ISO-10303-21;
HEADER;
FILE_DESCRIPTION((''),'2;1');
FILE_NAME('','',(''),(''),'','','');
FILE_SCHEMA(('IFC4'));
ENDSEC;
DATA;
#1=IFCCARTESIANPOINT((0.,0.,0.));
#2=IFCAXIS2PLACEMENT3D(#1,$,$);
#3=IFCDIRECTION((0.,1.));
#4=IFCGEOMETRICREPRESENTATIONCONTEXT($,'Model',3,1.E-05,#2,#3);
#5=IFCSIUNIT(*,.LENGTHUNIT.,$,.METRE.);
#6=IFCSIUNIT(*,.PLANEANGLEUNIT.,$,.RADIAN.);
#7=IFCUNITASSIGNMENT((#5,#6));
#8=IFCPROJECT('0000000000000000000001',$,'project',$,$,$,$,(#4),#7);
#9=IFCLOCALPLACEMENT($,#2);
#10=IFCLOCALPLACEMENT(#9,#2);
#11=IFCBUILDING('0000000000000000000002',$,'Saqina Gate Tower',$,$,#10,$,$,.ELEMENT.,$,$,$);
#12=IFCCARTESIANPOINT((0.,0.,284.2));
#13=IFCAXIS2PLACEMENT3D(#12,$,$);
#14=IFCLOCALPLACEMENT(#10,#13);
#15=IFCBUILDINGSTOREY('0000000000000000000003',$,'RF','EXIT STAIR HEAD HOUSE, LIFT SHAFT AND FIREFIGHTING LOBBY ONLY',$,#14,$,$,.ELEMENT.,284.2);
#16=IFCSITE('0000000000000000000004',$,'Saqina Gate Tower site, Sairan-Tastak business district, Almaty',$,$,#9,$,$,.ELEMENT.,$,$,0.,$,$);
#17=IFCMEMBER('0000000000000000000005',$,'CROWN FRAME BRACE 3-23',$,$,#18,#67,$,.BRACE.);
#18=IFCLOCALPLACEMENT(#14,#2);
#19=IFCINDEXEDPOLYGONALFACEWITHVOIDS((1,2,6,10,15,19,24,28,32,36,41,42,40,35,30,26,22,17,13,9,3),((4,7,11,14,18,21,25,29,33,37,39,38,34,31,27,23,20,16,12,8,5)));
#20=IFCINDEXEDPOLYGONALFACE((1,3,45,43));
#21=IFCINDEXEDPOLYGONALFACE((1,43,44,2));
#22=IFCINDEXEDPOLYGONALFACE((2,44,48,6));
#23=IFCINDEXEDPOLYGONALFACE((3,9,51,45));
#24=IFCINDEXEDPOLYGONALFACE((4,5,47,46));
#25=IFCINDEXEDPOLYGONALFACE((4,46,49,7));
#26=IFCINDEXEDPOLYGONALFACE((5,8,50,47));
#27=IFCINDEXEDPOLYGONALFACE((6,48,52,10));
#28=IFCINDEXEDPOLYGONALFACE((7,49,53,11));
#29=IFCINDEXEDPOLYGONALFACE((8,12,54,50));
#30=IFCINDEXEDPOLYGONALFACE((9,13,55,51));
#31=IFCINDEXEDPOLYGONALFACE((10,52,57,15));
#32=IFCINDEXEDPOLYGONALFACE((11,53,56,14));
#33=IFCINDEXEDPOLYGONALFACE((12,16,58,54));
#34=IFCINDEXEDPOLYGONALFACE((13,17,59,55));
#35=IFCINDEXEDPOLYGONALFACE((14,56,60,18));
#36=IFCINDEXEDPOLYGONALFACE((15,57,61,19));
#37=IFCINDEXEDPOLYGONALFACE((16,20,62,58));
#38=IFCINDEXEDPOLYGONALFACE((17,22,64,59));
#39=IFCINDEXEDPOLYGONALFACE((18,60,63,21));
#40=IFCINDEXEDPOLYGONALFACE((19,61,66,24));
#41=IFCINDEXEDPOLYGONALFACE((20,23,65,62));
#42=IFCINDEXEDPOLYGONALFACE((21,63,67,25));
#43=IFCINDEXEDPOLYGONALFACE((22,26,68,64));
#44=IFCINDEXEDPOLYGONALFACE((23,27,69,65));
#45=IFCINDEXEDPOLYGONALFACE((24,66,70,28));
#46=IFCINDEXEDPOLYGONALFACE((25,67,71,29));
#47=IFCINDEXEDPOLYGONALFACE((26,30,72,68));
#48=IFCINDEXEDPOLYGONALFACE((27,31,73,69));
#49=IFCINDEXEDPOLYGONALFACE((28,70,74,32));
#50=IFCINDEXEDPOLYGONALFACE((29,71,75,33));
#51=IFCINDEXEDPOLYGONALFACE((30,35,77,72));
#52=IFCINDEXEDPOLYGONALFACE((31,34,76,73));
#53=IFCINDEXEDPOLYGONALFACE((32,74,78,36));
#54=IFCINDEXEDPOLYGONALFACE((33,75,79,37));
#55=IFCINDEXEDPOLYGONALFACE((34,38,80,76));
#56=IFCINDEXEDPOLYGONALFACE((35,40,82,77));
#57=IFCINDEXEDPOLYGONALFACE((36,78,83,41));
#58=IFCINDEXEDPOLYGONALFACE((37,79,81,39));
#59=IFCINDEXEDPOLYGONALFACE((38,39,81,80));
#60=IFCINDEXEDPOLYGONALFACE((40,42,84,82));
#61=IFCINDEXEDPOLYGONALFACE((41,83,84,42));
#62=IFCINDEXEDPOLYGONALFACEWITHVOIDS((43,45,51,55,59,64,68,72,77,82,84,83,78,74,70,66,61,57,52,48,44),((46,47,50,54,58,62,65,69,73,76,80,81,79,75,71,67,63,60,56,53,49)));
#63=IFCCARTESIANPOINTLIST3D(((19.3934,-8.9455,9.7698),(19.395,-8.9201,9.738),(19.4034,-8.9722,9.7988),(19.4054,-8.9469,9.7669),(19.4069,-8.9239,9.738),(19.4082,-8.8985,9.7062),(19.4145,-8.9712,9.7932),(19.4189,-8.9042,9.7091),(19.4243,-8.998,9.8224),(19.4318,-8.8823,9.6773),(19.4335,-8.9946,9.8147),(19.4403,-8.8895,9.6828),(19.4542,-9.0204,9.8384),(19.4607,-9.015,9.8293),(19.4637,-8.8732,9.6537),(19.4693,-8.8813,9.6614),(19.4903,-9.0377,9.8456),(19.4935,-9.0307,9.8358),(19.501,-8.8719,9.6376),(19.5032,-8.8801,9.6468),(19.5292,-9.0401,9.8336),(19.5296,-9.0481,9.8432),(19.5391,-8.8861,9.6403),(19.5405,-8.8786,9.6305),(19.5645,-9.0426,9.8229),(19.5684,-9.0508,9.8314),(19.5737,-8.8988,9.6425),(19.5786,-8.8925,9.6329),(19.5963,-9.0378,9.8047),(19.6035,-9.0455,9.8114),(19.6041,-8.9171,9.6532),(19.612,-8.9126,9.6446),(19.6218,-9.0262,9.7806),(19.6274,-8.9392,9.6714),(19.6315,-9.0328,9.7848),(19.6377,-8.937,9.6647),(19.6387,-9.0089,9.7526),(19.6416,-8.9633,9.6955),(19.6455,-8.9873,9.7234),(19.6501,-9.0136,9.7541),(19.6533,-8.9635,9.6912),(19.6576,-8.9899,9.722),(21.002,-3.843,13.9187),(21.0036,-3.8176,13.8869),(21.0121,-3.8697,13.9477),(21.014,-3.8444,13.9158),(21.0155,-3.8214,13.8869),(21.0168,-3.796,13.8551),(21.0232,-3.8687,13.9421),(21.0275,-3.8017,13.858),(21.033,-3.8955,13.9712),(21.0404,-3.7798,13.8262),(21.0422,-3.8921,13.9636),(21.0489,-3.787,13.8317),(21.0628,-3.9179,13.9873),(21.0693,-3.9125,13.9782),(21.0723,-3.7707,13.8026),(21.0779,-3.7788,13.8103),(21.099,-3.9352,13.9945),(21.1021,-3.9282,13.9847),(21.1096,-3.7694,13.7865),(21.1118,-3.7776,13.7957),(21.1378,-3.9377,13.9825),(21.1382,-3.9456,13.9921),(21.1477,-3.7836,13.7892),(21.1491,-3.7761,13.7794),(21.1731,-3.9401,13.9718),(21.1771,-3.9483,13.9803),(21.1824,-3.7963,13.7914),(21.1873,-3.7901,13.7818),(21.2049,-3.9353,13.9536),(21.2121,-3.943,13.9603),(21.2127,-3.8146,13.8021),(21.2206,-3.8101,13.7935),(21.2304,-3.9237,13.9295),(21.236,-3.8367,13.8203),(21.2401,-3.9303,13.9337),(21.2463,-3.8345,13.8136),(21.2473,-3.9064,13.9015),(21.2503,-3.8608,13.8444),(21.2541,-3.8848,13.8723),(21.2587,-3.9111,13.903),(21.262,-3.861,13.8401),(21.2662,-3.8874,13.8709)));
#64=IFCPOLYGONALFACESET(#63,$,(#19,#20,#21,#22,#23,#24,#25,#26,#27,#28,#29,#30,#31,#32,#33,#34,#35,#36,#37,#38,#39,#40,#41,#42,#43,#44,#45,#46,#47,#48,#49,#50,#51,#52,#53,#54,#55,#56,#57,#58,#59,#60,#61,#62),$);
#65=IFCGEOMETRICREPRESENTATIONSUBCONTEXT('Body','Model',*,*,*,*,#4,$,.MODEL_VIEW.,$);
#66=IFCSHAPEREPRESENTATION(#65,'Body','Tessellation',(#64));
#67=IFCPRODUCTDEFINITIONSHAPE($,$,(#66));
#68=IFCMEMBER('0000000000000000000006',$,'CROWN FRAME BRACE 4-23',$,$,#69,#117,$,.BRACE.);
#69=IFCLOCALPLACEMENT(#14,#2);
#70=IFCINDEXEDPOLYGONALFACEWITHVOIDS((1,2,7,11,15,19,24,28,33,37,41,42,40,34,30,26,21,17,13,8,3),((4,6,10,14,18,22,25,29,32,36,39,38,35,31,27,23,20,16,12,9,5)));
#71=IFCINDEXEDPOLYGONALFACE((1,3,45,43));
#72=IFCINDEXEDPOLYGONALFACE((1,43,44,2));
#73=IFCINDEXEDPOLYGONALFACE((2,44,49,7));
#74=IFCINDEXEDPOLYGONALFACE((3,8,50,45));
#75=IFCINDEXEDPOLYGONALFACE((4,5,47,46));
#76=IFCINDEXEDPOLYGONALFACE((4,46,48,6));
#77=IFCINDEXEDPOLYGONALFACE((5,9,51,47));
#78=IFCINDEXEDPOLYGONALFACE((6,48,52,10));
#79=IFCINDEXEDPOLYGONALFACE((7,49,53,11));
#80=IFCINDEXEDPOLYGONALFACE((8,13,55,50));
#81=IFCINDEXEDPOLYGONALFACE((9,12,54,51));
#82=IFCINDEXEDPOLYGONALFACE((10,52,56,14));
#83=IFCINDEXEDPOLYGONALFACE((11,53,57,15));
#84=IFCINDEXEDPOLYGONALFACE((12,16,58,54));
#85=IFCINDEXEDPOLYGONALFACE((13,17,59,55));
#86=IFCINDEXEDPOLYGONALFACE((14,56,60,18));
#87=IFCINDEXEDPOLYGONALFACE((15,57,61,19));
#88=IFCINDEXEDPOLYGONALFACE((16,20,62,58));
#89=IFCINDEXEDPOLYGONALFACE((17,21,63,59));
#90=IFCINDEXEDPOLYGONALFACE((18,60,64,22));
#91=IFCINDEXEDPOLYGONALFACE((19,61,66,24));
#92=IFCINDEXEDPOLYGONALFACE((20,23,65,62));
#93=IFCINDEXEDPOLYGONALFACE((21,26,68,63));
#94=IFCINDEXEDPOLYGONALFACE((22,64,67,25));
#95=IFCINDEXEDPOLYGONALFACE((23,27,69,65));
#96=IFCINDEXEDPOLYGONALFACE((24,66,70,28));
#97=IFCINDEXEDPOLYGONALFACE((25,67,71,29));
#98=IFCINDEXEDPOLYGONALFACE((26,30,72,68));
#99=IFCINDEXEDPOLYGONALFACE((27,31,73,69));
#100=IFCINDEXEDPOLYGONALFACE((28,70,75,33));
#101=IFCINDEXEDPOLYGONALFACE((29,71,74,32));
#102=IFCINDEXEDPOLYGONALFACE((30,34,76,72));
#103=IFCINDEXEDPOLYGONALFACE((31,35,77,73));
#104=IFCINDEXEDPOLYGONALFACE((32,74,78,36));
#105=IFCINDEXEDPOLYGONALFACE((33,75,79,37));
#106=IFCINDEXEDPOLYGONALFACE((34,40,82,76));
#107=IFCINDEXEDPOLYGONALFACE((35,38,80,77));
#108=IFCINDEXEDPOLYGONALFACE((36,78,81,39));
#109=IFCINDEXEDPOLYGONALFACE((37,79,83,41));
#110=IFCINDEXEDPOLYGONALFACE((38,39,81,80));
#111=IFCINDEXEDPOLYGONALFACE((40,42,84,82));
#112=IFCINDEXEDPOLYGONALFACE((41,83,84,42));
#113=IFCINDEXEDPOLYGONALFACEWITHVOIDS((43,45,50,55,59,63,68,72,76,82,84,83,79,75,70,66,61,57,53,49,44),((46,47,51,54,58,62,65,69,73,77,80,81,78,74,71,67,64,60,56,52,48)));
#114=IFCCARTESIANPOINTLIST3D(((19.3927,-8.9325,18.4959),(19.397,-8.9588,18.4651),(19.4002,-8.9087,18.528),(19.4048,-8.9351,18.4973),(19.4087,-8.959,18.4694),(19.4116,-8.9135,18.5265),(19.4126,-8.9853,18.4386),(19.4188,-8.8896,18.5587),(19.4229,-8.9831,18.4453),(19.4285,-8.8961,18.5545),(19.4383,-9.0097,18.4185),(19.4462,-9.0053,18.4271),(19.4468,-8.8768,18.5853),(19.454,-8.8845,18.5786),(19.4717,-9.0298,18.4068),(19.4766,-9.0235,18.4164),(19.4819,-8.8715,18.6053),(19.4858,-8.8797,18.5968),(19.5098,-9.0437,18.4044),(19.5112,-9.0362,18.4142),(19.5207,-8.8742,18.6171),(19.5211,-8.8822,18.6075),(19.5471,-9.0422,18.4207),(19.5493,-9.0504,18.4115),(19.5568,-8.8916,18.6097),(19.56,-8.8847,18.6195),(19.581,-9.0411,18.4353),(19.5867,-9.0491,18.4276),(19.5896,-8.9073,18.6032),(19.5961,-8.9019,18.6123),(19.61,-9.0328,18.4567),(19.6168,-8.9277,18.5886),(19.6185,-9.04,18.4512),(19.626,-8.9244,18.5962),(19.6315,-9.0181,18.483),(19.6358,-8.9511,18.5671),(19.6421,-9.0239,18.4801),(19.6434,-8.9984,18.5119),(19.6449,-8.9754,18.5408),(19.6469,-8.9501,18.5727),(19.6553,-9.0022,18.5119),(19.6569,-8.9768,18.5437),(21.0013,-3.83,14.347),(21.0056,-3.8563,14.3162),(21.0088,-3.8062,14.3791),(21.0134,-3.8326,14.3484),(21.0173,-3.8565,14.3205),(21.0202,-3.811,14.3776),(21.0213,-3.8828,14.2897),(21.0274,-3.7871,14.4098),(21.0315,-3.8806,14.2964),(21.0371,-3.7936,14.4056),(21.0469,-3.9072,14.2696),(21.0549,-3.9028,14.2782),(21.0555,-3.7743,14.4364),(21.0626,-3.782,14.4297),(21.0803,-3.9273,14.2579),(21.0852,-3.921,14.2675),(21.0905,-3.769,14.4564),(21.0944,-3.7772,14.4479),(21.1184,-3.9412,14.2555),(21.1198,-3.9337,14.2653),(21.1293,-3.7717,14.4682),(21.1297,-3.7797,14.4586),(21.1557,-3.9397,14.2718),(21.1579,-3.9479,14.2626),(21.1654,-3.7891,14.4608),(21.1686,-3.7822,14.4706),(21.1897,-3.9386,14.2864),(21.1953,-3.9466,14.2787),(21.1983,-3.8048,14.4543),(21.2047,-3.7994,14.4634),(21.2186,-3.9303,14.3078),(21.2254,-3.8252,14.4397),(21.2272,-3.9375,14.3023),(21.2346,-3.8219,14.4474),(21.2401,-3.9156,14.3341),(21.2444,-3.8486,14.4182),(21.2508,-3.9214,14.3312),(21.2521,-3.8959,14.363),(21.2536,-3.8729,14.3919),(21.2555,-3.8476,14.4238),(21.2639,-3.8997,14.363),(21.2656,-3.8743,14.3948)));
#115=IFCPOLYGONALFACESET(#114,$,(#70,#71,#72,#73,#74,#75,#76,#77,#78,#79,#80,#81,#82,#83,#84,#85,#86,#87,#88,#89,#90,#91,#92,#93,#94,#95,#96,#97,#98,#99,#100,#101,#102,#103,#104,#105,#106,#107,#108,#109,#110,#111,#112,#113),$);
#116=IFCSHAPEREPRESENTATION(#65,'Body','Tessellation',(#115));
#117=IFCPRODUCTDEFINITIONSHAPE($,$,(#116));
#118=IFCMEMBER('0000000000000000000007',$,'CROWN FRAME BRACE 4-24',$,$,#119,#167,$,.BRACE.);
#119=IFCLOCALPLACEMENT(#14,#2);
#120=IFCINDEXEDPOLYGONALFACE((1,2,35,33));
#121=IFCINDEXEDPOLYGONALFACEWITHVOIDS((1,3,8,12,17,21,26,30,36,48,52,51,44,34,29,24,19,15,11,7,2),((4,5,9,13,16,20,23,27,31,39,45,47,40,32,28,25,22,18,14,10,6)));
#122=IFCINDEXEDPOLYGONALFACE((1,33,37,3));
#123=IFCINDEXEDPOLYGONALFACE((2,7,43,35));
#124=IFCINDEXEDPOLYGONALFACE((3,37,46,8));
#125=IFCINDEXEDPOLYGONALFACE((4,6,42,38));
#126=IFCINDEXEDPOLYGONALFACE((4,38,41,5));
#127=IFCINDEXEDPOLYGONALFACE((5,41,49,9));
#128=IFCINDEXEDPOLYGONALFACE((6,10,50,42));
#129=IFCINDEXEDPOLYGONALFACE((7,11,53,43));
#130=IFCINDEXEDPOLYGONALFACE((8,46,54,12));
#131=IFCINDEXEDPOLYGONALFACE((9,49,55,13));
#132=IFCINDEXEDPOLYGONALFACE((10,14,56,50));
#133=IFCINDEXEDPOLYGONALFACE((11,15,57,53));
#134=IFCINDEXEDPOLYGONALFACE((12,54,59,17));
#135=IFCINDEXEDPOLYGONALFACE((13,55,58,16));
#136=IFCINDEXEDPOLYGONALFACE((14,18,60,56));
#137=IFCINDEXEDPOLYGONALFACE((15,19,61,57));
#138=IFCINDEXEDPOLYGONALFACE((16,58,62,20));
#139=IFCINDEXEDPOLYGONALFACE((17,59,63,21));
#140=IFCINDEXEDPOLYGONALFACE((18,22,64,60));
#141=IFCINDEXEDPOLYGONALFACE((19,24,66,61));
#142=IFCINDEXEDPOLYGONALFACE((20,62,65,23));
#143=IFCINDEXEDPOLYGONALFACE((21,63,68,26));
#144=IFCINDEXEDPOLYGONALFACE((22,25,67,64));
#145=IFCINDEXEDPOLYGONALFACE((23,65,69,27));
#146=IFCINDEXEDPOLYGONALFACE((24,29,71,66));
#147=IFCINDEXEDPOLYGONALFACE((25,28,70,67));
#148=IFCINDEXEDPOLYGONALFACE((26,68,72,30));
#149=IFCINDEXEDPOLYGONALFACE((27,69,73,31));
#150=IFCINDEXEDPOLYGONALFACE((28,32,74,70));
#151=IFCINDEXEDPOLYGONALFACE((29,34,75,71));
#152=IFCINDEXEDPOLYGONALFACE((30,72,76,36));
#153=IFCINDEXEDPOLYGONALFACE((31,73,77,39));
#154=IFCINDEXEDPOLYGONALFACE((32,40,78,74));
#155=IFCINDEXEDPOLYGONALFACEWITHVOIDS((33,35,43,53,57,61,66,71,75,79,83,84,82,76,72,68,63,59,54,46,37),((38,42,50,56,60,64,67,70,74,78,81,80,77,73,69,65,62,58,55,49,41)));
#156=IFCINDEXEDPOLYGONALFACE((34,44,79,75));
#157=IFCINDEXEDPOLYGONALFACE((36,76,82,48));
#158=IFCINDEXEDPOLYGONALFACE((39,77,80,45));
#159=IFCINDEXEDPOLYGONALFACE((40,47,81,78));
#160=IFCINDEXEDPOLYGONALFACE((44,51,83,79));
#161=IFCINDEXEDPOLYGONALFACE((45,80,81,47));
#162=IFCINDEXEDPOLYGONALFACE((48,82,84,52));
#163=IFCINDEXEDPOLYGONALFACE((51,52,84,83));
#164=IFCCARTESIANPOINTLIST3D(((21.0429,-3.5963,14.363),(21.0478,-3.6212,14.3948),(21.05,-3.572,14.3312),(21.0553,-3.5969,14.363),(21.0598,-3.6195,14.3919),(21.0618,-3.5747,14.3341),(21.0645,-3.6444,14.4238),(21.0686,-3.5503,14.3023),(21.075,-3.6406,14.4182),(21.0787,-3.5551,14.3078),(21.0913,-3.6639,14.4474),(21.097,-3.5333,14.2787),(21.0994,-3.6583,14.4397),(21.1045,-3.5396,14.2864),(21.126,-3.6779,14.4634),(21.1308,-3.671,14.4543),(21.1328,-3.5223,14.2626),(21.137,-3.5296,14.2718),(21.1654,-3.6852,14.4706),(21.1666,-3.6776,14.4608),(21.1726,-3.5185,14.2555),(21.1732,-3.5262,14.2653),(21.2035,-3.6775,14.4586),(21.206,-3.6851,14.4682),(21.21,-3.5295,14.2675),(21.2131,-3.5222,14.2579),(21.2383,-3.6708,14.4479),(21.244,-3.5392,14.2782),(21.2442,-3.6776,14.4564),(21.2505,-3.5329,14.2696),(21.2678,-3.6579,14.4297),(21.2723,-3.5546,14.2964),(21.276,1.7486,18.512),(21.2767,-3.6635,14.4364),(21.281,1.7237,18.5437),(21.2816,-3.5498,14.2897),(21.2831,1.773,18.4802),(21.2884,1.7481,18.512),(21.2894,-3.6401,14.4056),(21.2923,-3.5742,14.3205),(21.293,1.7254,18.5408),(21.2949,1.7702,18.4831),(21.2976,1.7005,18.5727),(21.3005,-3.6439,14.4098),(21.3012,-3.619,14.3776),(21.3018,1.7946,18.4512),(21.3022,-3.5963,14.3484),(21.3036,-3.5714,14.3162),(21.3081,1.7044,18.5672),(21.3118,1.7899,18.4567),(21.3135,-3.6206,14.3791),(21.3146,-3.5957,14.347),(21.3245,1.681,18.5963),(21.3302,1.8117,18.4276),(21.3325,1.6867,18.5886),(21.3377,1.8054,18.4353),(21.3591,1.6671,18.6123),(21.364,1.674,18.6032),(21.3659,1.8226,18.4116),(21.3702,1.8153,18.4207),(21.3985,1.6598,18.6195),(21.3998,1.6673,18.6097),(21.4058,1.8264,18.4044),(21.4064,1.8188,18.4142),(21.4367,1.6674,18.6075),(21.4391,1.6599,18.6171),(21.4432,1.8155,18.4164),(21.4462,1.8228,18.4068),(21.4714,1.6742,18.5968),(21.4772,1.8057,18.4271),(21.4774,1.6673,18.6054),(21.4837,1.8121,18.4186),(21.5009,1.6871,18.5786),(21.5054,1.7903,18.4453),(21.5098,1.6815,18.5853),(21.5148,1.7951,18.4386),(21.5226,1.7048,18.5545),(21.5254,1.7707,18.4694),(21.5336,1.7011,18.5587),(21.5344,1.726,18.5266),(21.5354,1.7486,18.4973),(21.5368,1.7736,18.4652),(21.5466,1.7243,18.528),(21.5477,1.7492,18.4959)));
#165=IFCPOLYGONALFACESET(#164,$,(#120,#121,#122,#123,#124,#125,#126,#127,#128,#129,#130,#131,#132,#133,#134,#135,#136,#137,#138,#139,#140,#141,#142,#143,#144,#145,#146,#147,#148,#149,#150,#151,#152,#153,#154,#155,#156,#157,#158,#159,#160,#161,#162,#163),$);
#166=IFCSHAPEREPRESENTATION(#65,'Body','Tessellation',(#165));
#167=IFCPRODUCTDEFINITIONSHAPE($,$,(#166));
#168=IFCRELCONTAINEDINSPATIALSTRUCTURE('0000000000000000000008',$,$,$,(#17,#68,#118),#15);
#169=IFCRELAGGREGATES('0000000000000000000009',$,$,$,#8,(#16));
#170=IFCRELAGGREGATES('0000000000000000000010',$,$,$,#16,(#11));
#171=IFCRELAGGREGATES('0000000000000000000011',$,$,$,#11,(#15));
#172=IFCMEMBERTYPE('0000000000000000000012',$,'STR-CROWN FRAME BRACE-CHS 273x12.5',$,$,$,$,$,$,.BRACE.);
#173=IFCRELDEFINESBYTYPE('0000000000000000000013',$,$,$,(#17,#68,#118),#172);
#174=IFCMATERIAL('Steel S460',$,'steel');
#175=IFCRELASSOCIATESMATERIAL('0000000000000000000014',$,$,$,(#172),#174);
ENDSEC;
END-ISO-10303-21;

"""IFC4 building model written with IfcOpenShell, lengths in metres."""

from ifc_helpers import new_model, si_unit, direction, frame, origin, origin_2d, place, context, subcontext, project, spatial, hollow_circle, extrude, material, material_profile, profile_set, type_object, element, save


model = new_model("IFC4")

# Units and contexts
model_context = context("Model", 3, precision=1e-05, world=origin(), true_north=direction((0.0, 1.0)))
body_context = subcontext(model_context, "Body", "Model", "MODEL_VIEW")
ifc_project = project(units=[si_unit("LENGTHUNIT", "METRE"), si_unit("PLANEANGLEUNIT", "RADIAN")], contexts=[model_context])

# Site, building, storey
site_placement = place(None, origin())
site = spatial("IfcSite", under=ifc_project, at=site_placement, Name="Saqina Gate Tower site, Sairan-Tastak business district, Almaty", CompositionType="ELEMENT", RefElevation=0.0)
building_placement = place(site_placement, origin())
building = spatial("IfcBuilding", under=site, at=building_placement, Name="Saqina Gate Tower", CompositionType="ELEMENT")
storey_placement = place(building_placement, frame((0.0, 0.0, 284.2)))
storey = spatial("IfcBuildingStorey", under=building, at=storey_placement, Name="RF", Description="EXIT STAIR HEAD HOUSE, LIFT SHAFT AND FIREFIGHTING LOBBY ONLY", CompositionType="ELEMENT", Elevation=284.2)

# Members
ifc_material_1 = material(Name="Steel S460", Category="steel")
ifc_material_profile_1 = material_profile(ifc_material_1, hollow_circle(Radius=0.1365, WallThickness=0.0125, at=origin_2d()), Name="CHS 273x12.5")
ifc_profile_set_1 = profile_set([ifc_material_profile_1], Name="Steel S460")
member_type = type_object("IfcMemberType", Name="STR-CROWN FRAME BRACE-CHS 273x12.5", PredefinedType="BRACE", material=ifc_profile_set_1)
for number, where, z_axis, x_axis, name in (
    (1, (19.5251, -8.9612, 9.738), (0.237602, 0.753663, 0.612811), (-0.953727, 0.300675, 0.0), "CROWN FRAME BRACE 3-23"),
    (2, (21.1338, -3.8586, 14.363), (-0.237602, -0.753663, 0.612811), (0.953727, -0.300675, 0.0), "CROWN FRAME BRACE 4-23"),
    (3, (21.1792, -3.6023, 14.363), (0.034438, 0.789476, 0.612815), (-0.99905, 0.04358, 0.0), "CROWN FRAME BRACE 4-24"),
):
    element("IfcMember", number, at=place(storey_placement, frame(where, z_axis=z_axis, x_axis=x_axis)), inside=storey, type_object=member_type, Name=name, PredefinedType="BRACE", context=body_context, shape_type="SweptSolid", body=[
        extrude(hollow_circle(Radius=0.1365, WallThickness=0.0125, at=origin_2d()), origin(), (0.0, 0.0, 1.0), 6.7703),
    ])

save(model, "model.ifc")
